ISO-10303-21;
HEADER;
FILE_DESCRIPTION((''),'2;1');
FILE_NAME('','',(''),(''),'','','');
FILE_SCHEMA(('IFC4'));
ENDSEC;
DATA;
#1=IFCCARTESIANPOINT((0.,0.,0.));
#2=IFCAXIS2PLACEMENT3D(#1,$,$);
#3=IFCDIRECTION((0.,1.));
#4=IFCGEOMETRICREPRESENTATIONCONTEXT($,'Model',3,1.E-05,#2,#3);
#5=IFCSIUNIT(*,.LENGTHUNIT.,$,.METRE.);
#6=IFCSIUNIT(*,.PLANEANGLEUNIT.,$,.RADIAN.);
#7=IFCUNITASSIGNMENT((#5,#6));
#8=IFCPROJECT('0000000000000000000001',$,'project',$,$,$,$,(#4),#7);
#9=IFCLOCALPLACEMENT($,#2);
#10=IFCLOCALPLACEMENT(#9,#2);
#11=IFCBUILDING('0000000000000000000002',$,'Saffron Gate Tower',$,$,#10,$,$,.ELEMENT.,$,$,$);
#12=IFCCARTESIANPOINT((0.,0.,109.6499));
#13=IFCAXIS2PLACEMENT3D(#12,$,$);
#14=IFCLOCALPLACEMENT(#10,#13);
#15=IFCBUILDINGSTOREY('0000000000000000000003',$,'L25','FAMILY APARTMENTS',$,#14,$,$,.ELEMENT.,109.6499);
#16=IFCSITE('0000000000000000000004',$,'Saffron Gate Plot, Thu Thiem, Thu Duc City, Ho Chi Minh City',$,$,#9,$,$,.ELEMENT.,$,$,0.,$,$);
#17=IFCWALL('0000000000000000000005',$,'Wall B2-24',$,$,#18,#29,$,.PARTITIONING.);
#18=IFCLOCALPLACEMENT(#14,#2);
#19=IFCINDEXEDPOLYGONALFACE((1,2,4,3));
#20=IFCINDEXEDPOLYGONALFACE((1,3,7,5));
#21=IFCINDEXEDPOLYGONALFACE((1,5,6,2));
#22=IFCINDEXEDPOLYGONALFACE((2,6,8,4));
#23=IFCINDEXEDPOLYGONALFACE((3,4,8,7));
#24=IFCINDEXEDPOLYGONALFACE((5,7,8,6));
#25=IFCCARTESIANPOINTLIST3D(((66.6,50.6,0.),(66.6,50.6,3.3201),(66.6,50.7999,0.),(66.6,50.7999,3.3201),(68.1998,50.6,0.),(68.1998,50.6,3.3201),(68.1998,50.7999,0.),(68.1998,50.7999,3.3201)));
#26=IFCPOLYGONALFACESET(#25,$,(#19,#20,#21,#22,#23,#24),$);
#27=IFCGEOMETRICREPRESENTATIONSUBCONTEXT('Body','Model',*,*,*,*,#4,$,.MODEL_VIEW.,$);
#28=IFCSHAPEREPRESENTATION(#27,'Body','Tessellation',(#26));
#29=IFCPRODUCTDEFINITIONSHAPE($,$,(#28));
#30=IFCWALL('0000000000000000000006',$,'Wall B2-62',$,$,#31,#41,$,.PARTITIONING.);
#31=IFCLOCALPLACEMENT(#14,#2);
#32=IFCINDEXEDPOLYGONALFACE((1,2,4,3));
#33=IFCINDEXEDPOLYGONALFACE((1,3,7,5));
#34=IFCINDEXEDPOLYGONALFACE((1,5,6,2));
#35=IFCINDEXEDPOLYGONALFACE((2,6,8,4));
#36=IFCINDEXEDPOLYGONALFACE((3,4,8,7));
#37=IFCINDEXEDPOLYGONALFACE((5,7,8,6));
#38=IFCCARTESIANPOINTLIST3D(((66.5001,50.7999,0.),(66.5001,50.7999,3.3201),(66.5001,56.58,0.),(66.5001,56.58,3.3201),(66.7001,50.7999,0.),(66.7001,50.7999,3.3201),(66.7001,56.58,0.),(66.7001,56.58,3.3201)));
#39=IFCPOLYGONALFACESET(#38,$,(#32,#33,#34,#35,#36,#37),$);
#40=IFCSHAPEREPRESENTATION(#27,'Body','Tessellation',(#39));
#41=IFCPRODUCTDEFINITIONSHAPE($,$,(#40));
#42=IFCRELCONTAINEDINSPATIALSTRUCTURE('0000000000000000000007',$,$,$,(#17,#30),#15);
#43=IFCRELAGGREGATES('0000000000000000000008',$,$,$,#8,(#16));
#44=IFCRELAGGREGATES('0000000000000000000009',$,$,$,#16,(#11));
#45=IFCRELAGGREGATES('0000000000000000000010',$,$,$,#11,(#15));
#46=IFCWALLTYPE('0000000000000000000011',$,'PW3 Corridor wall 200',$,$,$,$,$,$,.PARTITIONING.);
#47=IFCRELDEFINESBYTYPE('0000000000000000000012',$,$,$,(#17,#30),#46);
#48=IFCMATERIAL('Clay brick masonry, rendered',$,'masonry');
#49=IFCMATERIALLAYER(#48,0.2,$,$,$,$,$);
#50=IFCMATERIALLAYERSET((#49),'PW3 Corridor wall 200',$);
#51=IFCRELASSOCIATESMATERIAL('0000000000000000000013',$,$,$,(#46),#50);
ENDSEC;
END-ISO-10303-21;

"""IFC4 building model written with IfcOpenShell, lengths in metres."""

from ifc_helpers import new_model, si_unit, direction, frame, frame_2d, origin, place, context, subcontext, project, spatial, rectangle, extrude, material, layer, layer_set, type_object, element, save


model = new_model("IFC4")

# Units and contexts
model_context = context("Model", 3, precision=1e-05, world=origin(), true_north=direction((0.0, 1.0)))
body_context = subcontext(model_context, "Body", "Model", "MODEL_VIEW")
ifc_project = project(units=[si_unit("LENGTHUNIT", "METRE"), si_unit("PLANEANGLEUNIT", "RADIAN")], contexts=[model_context])

# Site, building, storey
site_placement = place(None, origin())
site = spatial("IfcSite", under=ifc_project, at=site_placement, Name="Saffron Gate Plot, Thu Thiem, Thu Duc City, Ho Chi Minh City", CompositionType="ELEMENT", RefElevation=0.0)
building_placement = place(site_placement, origin())
building = spatial("IfcBuilding", under=site, at=building_placement, Name="Saffron Gate Tower", CompositionType="ELEMENT")
storey_placement = place(building_placement, frame((0.0, 0.0, 109.6499)))
storey = spatial("IfcBuildingStorey", under=building, at=storey_placement, Name="L25", Description="FAMILY APARTMENTS", CompositionType="ELEMENT", Elevation=109.6499)

# Walls
ifc_material_1 = material(Name="Clay brick masonry, rendered", Category="masonry")
ifc_layer_1 = layer(ifc_material_1, 0.2)
ifc_layer_set_1 = layer_set([ifc_layer_1], Name="PW3 Corridor wall 200")
wall_type_1 = type_object("IfcWallType", Name="PW3 Corridor wall 200", PredefinedType="PARTITIONING", material=ifc_layer_set_1)
wall_1_placement = place(storey_placement, frame((66.6001, 50.7, 0.0), z_axis=(0.0, 0.0, 1.0), x_axis=(1.0, 0.0, 0.0)))
element("IfcWall", 1, at=wall_1_placement, inside=storey, type_object=wall_type_1, Name="Wall B2-24", PredefinedType="PARTITIONING", context=body_context, shape_type="SweptSolid", body=[
    extrude(rectangle(XDim=1.5999, YDim=0.2, at=frame_2d((0.7998, 0.0))), origin(), (0.0, 0.0, 1.0), 3.3201),
])
wall_2_placement = place(storey_placement, frame((66.6001, 56.5801, 0.0), z_axis=(0.0, 0.0, 1.0), x_axis=(0.0, -1.0, 0.0)))
element("IfcWall", 2, at=wall_2_placement, inside=storey, type_object=wall_type_1, Name="Wall B2-62", PredefinedType="PARTITIONING", context=body_context, shape_type="SweptSolid", body=[
    extrude(rectangle(XDim=5.78, YDim=0.2, at=frame_2d((2.8901, 0.0))), origin(), (0.0, 0.0, 1.0), 3.3201),
])

save(model, "model.ifc")
